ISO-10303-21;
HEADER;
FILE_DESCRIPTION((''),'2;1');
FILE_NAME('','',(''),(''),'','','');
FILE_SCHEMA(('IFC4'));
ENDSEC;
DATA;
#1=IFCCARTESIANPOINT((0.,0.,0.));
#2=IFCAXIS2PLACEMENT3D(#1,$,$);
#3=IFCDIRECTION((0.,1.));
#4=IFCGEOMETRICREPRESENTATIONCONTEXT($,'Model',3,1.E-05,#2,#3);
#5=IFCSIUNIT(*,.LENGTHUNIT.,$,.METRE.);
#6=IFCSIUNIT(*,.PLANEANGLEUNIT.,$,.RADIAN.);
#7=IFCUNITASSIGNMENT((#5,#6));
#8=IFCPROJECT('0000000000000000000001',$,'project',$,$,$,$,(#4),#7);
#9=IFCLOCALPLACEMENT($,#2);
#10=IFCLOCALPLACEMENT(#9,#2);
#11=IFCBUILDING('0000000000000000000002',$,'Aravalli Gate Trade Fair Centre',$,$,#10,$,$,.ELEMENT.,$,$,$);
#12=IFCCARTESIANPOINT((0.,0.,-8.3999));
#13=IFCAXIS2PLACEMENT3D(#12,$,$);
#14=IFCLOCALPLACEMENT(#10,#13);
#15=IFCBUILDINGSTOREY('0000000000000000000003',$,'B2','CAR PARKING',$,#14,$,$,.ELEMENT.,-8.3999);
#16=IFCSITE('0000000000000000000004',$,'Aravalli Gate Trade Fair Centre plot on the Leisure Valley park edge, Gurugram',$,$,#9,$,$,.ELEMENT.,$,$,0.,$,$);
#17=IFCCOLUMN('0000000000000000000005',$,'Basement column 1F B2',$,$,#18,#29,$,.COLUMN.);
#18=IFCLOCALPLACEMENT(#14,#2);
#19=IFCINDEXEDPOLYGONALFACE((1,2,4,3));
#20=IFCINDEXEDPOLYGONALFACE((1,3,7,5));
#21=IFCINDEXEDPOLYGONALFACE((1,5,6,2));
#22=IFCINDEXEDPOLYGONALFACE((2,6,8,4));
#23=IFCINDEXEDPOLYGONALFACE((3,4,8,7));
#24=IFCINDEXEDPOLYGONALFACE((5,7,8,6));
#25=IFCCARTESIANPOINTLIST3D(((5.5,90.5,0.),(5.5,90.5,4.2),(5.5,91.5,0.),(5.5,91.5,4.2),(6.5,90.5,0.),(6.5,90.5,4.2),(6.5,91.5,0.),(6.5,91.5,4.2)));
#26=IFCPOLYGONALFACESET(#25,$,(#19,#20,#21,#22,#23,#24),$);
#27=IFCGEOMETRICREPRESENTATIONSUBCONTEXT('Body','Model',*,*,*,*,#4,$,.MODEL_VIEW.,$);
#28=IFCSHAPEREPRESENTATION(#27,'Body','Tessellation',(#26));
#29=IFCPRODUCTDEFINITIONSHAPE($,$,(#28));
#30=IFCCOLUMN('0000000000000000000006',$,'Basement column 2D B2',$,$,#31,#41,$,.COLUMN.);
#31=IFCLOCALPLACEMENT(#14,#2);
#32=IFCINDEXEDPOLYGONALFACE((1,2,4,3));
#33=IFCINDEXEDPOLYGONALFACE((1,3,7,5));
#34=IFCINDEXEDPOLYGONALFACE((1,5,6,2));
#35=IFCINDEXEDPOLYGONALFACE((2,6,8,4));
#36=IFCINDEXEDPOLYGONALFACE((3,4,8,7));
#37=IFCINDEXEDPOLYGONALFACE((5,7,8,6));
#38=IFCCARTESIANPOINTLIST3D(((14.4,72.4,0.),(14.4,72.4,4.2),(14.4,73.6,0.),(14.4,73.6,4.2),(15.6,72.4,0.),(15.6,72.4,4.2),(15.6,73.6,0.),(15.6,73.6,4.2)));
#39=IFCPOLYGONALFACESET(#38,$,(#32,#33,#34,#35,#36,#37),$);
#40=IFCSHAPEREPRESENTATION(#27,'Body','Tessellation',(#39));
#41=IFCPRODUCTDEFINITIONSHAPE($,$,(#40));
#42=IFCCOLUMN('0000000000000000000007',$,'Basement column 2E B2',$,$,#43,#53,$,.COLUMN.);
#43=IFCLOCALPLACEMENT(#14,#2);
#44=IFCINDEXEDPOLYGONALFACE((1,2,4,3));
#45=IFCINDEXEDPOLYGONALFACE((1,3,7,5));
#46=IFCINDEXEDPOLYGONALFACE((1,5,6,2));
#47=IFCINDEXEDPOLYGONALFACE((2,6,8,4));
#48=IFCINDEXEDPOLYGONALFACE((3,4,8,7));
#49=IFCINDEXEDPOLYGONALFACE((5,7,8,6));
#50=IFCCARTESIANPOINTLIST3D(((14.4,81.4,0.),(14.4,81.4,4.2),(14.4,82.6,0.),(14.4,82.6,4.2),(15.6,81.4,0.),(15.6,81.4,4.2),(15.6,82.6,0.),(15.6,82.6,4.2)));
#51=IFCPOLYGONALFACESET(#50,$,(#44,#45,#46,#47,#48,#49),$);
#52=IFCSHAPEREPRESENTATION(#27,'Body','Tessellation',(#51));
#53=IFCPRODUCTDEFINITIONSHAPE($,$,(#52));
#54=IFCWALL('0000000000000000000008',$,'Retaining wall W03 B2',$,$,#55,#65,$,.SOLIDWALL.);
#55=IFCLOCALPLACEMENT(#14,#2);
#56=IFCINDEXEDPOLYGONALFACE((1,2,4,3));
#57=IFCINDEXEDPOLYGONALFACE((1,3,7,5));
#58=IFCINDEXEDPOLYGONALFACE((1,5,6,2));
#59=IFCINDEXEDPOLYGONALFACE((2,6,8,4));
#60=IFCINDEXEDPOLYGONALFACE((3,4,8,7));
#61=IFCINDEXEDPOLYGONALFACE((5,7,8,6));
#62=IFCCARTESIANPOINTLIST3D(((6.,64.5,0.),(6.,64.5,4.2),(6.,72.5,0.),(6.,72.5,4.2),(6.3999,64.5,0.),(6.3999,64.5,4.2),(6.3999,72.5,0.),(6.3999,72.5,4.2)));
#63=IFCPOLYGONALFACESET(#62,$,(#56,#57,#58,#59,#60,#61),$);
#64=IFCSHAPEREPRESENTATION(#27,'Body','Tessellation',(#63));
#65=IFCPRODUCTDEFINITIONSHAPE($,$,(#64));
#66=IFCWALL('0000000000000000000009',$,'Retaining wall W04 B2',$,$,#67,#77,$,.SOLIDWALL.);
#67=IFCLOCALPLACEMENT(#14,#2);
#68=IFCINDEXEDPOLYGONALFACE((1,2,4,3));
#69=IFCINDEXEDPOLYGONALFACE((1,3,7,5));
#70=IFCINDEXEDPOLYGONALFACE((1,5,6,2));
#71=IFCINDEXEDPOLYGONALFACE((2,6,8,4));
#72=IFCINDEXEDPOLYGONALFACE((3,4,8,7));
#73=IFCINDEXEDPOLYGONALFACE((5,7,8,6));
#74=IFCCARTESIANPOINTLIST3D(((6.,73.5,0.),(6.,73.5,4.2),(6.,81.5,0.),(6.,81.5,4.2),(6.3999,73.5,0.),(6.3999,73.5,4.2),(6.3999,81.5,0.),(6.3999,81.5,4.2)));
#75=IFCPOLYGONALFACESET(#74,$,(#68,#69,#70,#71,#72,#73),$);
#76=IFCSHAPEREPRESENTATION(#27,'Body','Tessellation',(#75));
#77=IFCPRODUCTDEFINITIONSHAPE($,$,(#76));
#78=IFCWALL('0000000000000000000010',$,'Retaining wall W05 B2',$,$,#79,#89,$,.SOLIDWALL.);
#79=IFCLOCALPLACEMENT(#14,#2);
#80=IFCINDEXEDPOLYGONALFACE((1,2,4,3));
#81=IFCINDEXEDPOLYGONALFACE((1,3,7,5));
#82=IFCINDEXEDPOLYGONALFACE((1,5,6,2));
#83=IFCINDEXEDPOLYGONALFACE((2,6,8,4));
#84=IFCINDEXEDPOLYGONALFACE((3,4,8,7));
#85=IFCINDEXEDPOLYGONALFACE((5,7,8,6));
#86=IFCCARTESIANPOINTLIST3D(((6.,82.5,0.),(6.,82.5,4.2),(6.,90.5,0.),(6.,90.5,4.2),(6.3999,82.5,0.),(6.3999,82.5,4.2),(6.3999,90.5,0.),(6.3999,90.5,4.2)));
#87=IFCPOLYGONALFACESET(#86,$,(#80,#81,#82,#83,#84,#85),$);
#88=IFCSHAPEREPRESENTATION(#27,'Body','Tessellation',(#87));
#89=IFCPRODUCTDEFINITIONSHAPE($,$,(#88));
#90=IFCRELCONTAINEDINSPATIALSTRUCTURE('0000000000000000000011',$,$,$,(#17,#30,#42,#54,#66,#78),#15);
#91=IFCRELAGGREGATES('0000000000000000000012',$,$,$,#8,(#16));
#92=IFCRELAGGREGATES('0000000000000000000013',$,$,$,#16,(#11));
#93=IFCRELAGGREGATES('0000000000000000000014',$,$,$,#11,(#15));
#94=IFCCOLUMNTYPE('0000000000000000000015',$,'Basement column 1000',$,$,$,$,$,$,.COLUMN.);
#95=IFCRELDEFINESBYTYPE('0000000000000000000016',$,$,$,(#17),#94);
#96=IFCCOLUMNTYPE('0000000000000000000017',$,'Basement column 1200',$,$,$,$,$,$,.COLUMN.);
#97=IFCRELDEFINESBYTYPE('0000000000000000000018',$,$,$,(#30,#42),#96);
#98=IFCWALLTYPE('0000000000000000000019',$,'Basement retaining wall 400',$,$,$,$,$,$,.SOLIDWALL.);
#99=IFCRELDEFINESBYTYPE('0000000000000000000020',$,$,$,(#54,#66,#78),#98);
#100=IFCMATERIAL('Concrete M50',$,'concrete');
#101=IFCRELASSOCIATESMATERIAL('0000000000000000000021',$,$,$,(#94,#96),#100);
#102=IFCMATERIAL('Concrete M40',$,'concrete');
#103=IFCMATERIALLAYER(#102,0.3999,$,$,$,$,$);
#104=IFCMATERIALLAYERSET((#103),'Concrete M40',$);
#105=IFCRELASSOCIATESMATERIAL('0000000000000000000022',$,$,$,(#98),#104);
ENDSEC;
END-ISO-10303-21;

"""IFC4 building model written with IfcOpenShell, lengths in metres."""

from ifc_helpers import new_model, si_unit, direction, frame, frame_2d, origin, origin_2d, place, context, subcontext, project, spatial, rectangle, extrude, material, layer, layer_set, material_profile, profile_set, type_object, element, save


model = new_model("IFC4")

# Units and contexts
model_context = context("Model", 3, precision=1e-05, world=origin(), true_north=direction((0.0, 1.0)))
body_context = subcontext(model_context, "Body", "Model", "MODEL_VIEW")
ifc_project = project(units=[si_unit("LENGTHUNIT", "METRE"), si_unit("PLANEANGLEUNIT", "RADIAN")], contexts=[model_context])

# Site, building, storey
site_placement = place(None, origin())
site = spatial("IfcSite", under=ifc_project, at=site_placement, Name="Aravalli Gate Trade Fair Centre plot on the Leisure Valley park edge, Gurugram", CompositionType="ELEMENT", RefElevation=0.0)
building_placement = place(site_placement, origin())
building = spatial("IfcBuilding", under=site, at=building_placement, Name="Aravalli Gate Trade Fair Centre", CompositionType="ELEMENT")
storey_placement = place(building_placement, frame((0.0, 0.0, -8.3999)))
storey = spatial("IfcBuildingStorey", under=building, at=storey_placement, Name="B2", Description="CAR PARKING", CompositionType="ELEMENT", Elevation=-8.3999)

# Columns
ifc_material_1 = material(Name="Concrete M50", Category="concrete")
ifc_material_profile_1 = material_profile(ifc_material_1, rectangle(XDim=1.0, YDim=1.0, at=origin_2d()), Name="RC 1000 x 1000")
ifc_profile_set_1 = profile_set([ifc_material_profile_1], Name="Concrete M50")
column_type_1 = type_object("IfcColumnType", Name="Basement column 1000", PredefinedType="COLUMN", material=ifc_profile_set_1)
for number, where, z_axis, x_axis, name in (
    (1, (6.0, 91.0, 0.0), (0.0, 0.0, 1.0), (1.0, 0.0, 0.0), "Basement column 1F B2"),
):
    element("IfcColumn", number, at=place(storey_placement, frame(where, z_axis=z_axis, x_axis=x_axis)), inside=storey, type_object=column_type_1, Name=name, PredefinedType="COLUMN", context=body_context, shape_type="SweptSolid", body=[
        extrude(rectangle(XDim=1.0, YDim=1.0, at=origin_2d()), origin(), (0.0, 0.0, 1.0), 4.2),
    ])
ifc_material_profile_2 = material_profile(ifc_material_1, rectangle(XDim=1.2, YDim=1.2, at=origin_2d()), Name="RC 1200 x 1200")
ifc_profile_set_2 = profile_set([ifc_material_profile_2], Name="Concrete M50")
column_type_2 = type_object("IfcColumnType", Name="Basement column 1200", PredefinedType="COLUMN", material=ifc_profile_set_2)
for number, where, z_axis, x_axis, name in (
    (2, (15.0, 73.0, 0.0), (0.0, 0.0, 1.0), (1.0, 0.0, 0.0), "Basement column 2D B2"),
    (3, (15.0, 82.0, 0.0), (0.0, 0.0, 1.0), (1.0, 0.0, 0.0), "Basement column 2E B2"),
):
    element("IfcColumn", number, at=place(storey_placement, frame(where, z_axis=z_axis, x_axis=x_axis)), inside=storey, type_object=column_type_2, Name=name, PredefinedType="COLUMN", context=body_context, shape_type="SweptSolid", body=[
        extrude(rectangle(XDim=1.2, YDim=1.2, at=origin_2d()), origin(), (0.0, 0.0, 1.0), 4.2),
    ])

# Walls
ifc_material_2 = material(Name="Concrete M40", Category="concrete")
ifc_layer = layer(ifc_material_2, 0.3999)
ifc_layer_set = layer_set([ifc_layer], Name="Concrete M40")
wall_type = type_object("IfcWallType", Name="Basement retaining wall 400", PredefinedType="SOLIDWALL", material=ifc_layer_set)
for number, where, z_axis, x_axis, name in (
    (4, (6.2, 64.5, 0.0), (0.0, 0.0, 1.0), (0.0, 1.0, 0.0), "Retaining wall W03 B2"),
    (5, (6.2, 73.5, 0.0), (0.0, 0.0, 1.0), (0.0, 1.0, 0.0), "Retaining wall W04 B2"),
    (6, (6.2, 82.5, 0.0), (0.0, 0.0, 1.0), (0.0, 1.0, 0.0), "Retaining wall W05 B2"),
):
    element("IfcWall", number, at=place(storey_placement, frame(where, z_axis=z_axis, x_axis=x_axis)), inside=storey, type_object=wall_type, Name=name, PredefinedType="SOLIDWALL", context=body_context, shape_type="SweptSolid", body=[
        extrude(rectangle(XDim=8.0, YDim=0.3999, at=frame_2d((4.0, 0.0))), origin(), (0.0, 0.0, 1.0), 4.2),
    ])

save(model, "model.ifc")
